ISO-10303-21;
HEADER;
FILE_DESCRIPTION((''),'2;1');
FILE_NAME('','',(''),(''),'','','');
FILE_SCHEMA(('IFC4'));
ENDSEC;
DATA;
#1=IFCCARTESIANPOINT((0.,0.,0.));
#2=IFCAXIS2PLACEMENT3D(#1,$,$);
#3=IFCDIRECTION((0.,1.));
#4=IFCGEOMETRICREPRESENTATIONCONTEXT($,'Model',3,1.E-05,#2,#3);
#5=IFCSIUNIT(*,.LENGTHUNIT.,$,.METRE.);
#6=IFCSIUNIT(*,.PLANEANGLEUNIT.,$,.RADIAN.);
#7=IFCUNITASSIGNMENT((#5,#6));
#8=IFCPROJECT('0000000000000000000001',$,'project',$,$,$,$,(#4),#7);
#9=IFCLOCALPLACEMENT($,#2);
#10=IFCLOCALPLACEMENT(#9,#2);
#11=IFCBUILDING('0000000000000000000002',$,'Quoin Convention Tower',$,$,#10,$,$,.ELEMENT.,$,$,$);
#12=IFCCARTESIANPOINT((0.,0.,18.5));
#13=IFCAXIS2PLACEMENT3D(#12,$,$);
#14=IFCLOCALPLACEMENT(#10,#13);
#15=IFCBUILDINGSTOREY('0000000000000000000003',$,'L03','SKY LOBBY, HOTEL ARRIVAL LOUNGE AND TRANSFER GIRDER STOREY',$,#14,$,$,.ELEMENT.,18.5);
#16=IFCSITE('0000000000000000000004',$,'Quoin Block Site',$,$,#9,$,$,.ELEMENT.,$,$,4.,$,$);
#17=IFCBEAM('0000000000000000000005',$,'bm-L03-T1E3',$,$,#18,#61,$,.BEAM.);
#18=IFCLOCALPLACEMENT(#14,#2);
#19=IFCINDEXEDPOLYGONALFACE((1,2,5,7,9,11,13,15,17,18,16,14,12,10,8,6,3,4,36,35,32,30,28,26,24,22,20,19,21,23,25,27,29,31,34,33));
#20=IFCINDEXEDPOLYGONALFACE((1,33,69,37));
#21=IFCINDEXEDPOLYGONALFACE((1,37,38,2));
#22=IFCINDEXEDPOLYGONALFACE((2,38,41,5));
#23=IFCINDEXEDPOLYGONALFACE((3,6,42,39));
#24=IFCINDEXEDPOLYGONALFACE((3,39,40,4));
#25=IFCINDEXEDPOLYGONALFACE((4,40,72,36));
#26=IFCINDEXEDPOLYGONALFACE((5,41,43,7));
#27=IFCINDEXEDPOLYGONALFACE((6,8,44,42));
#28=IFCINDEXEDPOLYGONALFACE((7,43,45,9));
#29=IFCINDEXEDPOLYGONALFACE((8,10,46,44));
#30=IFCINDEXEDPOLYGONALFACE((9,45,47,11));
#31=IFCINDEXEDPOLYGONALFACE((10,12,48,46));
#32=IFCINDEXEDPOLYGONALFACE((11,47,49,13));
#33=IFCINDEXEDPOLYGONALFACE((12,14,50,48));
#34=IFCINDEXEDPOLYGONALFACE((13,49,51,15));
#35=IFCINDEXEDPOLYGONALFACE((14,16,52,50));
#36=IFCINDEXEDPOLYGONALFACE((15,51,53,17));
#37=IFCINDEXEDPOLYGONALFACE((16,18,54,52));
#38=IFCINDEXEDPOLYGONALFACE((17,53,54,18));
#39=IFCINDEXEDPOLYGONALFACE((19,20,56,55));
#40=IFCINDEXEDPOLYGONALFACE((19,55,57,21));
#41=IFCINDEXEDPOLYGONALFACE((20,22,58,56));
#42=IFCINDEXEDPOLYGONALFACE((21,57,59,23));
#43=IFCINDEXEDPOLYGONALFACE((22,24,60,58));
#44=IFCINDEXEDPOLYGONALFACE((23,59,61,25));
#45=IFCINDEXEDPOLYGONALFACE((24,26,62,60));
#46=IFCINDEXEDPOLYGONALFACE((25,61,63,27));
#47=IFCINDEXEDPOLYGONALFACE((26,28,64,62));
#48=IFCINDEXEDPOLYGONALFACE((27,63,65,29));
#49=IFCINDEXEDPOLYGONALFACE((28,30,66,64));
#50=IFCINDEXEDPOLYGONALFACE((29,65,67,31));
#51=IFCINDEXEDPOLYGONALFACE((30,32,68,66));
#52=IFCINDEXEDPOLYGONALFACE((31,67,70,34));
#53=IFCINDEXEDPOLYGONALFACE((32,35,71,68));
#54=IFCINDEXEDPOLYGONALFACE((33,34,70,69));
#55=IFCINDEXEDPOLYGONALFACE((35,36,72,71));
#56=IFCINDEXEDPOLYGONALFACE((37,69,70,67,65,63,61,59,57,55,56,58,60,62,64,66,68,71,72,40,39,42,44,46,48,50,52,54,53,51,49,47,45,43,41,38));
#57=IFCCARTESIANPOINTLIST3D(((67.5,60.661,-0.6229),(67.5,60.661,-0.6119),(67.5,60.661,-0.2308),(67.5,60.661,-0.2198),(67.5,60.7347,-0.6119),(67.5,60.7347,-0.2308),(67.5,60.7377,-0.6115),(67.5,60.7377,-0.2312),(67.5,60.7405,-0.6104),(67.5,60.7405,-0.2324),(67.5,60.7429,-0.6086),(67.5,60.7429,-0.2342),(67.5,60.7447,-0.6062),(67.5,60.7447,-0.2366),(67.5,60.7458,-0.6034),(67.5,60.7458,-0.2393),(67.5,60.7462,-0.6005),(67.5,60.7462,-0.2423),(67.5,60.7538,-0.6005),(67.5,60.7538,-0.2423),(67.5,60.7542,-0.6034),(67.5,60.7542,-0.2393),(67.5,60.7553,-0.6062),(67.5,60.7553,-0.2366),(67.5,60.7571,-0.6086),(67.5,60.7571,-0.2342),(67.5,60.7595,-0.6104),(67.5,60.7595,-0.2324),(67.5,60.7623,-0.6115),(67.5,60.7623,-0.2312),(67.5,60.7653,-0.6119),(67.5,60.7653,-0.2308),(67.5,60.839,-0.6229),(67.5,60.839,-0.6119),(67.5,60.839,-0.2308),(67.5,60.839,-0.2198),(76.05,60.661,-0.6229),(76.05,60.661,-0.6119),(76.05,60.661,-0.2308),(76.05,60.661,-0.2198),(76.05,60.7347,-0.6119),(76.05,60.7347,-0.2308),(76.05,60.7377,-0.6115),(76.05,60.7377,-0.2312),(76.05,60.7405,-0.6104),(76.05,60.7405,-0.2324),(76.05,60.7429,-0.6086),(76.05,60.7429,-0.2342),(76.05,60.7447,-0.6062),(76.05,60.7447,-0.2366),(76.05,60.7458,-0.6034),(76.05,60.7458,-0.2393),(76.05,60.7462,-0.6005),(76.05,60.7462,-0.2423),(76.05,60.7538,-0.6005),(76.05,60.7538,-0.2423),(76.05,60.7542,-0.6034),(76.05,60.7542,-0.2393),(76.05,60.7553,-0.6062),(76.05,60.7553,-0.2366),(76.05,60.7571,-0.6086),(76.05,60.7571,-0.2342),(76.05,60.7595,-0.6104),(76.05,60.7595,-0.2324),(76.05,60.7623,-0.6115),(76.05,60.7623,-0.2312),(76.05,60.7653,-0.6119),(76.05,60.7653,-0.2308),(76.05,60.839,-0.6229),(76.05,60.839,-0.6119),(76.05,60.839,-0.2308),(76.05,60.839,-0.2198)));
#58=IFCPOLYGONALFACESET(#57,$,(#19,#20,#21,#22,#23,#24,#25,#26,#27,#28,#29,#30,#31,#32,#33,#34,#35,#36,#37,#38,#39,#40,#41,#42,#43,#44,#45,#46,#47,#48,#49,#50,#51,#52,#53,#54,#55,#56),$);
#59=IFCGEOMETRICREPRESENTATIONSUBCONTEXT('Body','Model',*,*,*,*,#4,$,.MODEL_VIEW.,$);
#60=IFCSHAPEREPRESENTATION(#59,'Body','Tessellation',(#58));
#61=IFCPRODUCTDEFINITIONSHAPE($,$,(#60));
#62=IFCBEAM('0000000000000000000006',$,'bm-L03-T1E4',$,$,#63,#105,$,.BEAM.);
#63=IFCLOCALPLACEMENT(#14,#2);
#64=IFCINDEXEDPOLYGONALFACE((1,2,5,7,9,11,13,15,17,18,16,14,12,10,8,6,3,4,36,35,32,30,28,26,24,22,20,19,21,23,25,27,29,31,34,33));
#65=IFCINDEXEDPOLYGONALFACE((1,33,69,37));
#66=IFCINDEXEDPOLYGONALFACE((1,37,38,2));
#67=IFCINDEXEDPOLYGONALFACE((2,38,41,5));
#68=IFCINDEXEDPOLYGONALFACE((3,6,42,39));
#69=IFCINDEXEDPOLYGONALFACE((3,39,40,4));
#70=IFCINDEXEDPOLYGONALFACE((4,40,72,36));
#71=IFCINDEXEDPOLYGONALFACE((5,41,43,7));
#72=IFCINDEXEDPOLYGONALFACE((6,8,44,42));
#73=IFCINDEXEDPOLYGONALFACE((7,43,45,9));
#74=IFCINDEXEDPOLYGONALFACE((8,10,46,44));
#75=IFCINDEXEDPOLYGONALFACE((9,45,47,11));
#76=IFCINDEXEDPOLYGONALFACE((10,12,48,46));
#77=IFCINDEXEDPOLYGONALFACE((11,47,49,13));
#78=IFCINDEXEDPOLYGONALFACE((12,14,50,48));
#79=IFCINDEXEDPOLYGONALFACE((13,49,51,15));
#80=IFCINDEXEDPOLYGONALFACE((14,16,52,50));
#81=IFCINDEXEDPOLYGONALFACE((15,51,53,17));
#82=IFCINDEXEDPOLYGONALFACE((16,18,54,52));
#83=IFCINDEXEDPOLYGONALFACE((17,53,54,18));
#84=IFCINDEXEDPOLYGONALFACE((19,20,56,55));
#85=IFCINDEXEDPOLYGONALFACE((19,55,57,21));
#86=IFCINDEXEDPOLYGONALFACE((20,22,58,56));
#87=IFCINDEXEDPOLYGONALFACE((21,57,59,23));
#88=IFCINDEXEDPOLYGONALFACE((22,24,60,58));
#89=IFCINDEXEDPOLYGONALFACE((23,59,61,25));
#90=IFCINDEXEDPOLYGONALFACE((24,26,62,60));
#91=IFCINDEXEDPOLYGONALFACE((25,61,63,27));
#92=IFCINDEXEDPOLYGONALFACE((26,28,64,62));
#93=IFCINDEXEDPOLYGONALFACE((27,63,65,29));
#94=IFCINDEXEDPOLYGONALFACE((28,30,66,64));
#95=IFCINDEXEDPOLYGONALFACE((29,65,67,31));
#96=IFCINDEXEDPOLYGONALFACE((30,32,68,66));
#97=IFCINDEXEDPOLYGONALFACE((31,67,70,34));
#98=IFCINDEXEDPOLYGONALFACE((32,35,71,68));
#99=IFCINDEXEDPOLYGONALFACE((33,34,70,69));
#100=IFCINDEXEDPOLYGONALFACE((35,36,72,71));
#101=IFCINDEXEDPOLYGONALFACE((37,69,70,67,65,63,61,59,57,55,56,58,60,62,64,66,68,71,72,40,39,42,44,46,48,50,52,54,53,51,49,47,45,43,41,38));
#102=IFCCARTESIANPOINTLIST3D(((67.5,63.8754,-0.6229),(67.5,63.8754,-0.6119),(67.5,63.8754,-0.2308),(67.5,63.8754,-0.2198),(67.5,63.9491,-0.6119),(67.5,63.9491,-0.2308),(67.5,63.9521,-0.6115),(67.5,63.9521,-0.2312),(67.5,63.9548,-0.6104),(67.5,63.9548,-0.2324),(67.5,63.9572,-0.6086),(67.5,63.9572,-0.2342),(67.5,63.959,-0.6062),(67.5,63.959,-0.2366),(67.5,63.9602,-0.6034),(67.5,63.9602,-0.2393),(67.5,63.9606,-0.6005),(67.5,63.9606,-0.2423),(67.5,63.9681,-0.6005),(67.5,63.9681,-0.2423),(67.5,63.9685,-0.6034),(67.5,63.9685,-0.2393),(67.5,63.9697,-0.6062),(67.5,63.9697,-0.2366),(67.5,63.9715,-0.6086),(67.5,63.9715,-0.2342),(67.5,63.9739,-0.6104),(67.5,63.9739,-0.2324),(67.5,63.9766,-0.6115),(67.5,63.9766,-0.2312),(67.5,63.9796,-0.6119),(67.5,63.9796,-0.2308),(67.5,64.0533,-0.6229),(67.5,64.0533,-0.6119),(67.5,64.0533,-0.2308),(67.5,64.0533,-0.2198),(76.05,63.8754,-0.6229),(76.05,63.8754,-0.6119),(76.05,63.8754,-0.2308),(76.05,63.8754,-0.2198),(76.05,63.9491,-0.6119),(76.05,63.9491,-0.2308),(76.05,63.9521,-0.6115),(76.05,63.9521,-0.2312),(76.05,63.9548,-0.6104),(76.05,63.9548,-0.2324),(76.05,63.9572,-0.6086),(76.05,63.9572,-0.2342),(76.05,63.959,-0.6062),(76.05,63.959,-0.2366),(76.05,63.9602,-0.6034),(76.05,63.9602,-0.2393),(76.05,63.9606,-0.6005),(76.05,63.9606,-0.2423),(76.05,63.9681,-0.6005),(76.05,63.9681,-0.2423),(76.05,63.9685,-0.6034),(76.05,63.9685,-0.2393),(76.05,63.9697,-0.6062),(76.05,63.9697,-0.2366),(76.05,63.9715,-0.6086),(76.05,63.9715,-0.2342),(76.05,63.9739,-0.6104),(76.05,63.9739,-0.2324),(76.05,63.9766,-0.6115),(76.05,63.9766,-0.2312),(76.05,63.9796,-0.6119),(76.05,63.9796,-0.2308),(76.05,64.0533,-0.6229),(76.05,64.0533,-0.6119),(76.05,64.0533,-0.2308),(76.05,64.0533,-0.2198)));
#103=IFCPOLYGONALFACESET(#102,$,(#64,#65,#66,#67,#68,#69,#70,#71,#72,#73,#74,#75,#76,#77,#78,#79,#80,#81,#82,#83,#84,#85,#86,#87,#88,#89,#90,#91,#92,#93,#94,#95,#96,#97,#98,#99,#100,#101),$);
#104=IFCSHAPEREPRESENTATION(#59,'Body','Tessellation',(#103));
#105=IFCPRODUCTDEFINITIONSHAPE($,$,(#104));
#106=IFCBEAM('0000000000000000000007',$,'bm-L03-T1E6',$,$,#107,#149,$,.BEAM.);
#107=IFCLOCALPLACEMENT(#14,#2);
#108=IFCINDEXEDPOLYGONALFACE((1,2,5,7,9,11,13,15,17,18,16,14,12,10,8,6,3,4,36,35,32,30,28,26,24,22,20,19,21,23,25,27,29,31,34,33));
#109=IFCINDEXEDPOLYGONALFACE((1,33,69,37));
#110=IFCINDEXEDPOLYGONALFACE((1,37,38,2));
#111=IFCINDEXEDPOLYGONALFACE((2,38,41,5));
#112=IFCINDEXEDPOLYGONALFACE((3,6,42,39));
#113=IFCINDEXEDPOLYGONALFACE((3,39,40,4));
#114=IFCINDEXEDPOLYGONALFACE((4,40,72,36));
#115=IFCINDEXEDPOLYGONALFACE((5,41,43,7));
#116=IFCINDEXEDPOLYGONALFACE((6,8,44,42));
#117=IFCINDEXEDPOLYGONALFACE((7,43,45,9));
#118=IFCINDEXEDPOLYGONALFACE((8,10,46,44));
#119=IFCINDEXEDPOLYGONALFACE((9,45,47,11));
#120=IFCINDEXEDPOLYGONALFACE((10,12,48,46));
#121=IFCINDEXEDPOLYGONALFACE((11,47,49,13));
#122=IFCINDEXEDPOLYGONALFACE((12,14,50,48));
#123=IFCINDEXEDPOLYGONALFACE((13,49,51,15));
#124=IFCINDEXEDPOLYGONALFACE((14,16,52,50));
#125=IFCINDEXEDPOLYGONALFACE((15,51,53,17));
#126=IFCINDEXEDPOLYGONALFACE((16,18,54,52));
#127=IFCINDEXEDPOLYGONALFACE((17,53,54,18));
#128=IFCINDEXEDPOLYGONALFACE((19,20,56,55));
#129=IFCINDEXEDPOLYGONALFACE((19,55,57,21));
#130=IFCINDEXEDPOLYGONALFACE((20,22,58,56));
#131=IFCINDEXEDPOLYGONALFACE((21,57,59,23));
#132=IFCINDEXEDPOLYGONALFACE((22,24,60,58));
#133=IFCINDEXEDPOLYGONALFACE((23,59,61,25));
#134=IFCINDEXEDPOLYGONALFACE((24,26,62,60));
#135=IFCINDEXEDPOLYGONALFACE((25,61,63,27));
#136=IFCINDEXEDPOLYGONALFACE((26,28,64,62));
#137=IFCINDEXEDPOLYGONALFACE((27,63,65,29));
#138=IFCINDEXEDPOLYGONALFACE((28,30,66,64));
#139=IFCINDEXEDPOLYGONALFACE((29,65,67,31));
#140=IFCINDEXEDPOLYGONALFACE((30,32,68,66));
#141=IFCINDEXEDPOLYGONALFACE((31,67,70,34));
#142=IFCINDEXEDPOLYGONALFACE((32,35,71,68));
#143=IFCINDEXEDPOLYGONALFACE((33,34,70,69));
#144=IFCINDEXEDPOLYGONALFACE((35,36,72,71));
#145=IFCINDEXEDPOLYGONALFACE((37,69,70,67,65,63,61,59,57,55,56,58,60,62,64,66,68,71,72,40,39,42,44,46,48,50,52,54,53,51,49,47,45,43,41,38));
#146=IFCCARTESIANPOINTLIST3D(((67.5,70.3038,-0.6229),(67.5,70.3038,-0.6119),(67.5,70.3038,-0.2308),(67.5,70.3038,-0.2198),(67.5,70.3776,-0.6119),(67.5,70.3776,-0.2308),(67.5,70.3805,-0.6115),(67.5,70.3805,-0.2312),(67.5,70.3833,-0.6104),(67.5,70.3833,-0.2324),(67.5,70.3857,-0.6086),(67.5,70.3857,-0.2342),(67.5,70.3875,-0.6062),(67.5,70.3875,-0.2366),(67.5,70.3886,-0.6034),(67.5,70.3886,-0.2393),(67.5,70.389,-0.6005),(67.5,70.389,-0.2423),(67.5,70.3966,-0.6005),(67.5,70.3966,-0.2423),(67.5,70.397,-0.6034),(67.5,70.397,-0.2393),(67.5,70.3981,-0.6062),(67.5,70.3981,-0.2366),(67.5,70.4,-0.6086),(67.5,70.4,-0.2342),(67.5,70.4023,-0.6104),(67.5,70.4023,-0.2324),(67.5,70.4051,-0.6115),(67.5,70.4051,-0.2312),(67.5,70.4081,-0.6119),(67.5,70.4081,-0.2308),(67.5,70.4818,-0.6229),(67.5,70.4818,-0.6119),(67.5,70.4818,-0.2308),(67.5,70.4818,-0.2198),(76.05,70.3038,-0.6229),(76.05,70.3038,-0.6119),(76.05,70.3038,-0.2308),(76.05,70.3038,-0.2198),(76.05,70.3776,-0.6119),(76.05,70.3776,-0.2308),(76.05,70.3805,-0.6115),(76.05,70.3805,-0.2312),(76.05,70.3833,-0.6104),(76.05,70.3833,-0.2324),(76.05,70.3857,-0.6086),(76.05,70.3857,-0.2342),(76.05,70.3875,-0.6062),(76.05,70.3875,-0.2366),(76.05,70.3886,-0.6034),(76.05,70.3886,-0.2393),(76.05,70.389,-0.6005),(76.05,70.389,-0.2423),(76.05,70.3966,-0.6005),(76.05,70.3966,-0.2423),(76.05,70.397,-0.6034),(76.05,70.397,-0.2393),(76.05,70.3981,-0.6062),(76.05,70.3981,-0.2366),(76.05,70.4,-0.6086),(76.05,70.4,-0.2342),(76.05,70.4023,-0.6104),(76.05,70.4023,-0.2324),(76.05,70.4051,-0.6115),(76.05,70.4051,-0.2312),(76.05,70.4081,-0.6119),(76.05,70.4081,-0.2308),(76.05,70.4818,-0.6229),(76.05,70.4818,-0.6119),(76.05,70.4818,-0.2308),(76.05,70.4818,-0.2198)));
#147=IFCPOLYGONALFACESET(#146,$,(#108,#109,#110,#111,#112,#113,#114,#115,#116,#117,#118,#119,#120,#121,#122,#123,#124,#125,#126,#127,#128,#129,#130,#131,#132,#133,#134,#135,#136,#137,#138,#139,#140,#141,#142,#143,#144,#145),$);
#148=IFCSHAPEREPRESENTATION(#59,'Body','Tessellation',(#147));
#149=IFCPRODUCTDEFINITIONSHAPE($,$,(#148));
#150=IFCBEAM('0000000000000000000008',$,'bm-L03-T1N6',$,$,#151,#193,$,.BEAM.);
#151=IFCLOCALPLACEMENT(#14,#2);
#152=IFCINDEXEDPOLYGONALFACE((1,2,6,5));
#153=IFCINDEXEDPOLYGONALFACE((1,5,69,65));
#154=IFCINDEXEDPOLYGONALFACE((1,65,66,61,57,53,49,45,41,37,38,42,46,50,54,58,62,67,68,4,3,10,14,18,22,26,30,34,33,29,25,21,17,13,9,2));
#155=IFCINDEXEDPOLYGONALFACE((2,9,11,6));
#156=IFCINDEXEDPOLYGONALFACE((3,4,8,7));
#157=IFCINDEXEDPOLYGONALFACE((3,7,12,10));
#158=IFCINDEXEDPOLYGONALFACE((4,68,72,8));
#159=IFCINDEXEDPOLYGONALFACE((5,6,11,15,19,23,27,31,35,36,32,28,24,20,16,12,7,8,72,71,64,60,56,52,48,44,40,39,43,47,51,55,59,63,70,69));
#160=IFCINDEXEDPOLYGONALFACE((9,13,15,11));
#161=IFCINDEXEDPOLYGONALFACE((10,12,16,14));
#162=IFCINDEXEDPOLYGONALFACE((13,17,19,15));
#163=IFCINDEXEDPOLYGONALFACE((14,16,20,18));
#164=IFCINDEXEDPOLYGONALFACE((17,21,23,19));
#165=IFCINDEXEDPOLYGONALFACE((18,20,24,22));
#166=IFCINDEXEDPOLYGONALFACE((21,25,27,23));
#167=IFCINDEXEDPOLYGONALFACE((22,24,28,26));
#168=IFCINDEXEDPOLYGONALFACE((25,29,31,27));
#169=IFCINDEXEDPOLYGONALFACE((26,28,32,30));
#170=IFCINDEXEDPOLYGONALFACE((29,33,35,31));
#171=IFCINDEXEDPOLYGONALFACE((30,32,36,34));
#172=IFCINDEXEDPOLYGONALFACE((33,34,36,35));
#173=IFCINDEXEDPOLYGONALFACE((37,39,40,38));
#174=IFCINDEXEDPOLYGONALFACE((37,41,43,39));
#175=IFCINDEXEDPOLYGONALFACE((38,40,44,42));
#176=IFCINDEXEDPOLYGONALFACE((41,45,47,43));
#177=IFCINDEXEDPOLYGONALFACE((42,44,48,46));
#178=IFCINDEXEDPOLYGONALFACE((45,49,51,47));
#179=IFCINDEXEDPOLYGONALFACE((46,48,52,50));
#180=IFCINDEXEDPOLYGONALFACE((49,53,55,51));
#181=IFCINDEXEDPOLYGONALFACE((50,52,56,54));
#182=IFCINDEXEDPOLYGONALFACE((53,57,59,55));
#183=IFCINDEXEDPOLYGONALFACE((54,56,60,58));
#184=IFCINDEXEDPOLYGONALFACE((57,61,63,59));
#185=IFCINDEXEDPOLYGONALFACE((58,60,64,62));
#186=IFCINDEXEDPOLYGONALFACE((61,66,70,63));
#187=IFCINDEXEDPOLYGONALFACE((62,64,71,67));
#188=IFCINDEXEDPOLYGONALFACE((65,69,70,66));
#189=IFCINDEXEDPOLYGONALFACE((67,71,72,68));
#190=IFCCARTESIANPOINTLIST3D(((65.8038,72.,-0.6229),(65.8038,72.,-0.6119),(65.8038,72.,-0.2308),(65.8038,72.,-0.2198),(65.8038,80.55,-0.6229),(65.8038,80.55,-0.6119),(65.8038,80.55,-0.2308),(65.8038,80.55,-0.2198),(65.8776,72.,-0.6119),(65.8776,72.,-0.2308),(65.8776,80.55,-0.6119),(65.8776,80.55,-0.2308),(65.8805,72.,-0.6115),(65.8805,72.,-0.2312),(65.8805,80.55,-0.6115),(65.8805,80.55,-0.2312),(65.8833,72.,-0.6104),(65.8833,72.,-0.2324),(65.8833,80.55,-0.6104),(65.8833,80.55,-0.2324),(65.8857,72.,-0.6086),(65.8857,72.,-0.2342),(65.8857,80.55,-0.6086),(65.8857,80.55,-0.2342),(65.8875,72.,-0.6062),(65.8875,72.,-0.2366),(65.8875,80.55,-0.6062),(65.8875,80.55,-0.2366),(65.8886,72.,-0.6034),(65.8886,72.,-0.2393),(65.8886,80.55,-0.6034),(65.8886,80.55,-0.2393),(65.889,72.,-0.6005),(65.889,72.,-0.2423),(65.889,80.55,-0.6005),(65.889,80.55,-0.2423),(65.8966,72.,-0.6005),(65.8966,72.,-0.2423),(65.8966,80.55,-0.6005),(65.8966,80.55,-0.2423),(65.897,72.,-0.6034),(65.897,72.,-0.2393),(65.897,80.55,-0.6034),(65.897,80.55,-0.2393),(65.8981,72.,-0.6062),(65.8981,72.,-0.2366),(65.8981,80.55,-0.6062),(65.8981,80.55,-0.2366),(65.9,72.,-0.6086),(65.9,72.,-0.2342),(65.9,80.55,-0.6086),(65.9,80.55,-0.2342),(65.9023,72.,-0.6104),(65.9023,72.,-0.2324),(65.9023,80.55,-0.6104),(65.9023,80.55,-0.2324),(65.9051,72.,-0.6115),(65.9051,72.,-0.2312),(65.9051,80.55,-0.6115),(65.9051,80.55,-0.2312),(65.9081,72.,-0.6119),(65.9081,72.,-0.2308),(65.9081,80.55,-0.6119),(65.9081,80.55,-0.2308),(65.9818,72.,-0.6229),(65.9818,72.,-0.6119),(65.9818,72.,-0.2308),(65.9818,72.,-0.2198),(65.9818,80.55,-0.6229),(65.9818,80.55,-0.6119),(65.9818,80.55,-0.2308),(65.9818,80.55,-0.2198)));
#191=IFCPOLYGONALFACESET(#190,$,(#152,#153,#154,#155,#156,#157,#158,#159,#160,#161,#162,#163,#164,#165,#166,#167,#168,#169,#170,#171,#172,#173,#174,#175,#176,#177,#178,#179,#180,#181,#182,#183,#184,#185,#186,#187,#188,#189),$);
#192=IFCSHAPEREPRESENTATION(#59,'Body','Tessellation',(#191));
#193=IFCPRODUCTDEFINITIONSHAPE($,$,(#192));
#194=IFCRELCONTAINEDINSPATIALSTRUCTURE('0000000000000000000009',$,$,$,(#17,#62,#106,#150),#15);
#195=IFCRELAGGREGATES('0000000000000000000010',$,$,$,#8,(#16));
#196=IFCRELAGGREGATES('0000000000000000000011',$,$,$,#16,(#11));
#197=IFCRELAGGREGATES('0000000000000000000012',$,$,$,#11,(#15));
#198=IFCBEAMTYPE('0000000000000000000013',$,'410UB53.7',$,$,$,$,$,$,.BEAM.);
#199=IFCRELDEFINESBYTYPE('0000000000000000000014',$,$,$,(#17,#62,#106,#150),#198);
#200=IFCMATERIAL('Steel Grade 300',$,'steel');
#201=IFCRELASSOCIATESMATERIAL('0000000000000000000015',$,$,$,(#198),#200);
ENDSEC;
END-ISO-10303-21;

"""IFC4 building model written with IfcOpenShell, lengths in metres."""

from ifc_helpers import new_model, si_unit, direction, frame, origin, origin_2d, place, context, subcontext, project, spatial, i_section, extrude, material, material_profile, profile_set, type_object, element, save


model = new_model("IFC4")

# Units and contexts
model_context = context("Model", 3, precision=1e-05, world=origin(), true_north=direction((0.0, 1.0)))
body_context = subcontext(model_context, "Body", "Model", "MODEL_VIEW")
ifc_project = project(units=[si_unit("LENGTHUNIT", "METRE"), si_unit("PLANEANGLEUNIT", "RADIAN")], contexts=[model_context])

# Site, building, storey
site_placement = place(None, origin())
site = spatial("IfcSite", under=ifc_project, at=site_placement, Name="Quoin Block Site", CompositionType="ELEMENT", RefElevation=4.0)
building_placement = place(site_placement, origin())
building = spatial("IfcBuilding", under=site, at=building_placement, Name="Quoin Convention Tower", CompositionType="ELEMENT")
storey_placement = place(building_placement, frame((0.0, 0.0, 18.5)))
storey = spatial("IfcBuildingStorey", under=building, at=storey_placement, Name="L03", Description="SKY LOBBY, HOTEL ARRIVAL LOUNGE AND TRANSFER GIRDER STOREY", CompositionType="ELEMENT", Elevation=18.5)

# Shared definitions
ifc_material_1 = material(Name="Steel Grade 300", Category="steel")

# Beams
ifc_material_profile_1 = material_profile(ifc_material_1, i_section(OverallWidth=0.178, OverallDepth=0.4031, WebThickness=0.0076, FlangeThickness=0.011, FilletRadius=0.0115, at=origin_2d()), Name="410UB53.7")
ifc_profile_set_1 = profile_set([ifc_material_profile_1], Name="Steel Grade 300")
beam_type_1 = type_object("IfcBeamType", Name="410UB53.7", PredefinedType="BEAM", material=ifc_profile_set_1)
for number, where, z_axis, x_axis, name in (
    (1, (67.5, 60.75, -0.4214), (1.0, 0.0, 0.0), (0.0, 1.0, 0.0), "bm-L03-T1E3"),
    (2, (67.5, 63.9644, -0.4214), (1.0, 0.0, 0.0), (0.0, 1.0, 0.0), "bm-L03-T1E4"),
    (3, (67.5, 70.3928, -0.4214), (1.0, 0.0, 0.0), (0.0, 1.0, 0.0), "bm-L03-T1E6"),
    (4, (65.8928, 72.0, -0.4214), (0.0, 1.0, 0.0), (-1.0, 0.0, 0.0), "bm-L03-T1N6"),
):
    element("IfcBeam", number, at=place(storey_placement, frame(where, z_axis=z_axis, x_axis=x_axis)), inside=storey, type_object=beam_type_1, Name=name, PredefinedType="BEAM", context=body_context, shape_type="SweptSolid", body=[
        extrude(i_section(OverallWidth=0.178, OverallDepth=0.4031, WebThickness=0.0076, FlangeThickness=0.011, FilletRadius=0.0115, at=origin_2d()), origin(), (0.0, 0.0, 1.0), 8.55),
    ])

save(model, "model.ifc")
